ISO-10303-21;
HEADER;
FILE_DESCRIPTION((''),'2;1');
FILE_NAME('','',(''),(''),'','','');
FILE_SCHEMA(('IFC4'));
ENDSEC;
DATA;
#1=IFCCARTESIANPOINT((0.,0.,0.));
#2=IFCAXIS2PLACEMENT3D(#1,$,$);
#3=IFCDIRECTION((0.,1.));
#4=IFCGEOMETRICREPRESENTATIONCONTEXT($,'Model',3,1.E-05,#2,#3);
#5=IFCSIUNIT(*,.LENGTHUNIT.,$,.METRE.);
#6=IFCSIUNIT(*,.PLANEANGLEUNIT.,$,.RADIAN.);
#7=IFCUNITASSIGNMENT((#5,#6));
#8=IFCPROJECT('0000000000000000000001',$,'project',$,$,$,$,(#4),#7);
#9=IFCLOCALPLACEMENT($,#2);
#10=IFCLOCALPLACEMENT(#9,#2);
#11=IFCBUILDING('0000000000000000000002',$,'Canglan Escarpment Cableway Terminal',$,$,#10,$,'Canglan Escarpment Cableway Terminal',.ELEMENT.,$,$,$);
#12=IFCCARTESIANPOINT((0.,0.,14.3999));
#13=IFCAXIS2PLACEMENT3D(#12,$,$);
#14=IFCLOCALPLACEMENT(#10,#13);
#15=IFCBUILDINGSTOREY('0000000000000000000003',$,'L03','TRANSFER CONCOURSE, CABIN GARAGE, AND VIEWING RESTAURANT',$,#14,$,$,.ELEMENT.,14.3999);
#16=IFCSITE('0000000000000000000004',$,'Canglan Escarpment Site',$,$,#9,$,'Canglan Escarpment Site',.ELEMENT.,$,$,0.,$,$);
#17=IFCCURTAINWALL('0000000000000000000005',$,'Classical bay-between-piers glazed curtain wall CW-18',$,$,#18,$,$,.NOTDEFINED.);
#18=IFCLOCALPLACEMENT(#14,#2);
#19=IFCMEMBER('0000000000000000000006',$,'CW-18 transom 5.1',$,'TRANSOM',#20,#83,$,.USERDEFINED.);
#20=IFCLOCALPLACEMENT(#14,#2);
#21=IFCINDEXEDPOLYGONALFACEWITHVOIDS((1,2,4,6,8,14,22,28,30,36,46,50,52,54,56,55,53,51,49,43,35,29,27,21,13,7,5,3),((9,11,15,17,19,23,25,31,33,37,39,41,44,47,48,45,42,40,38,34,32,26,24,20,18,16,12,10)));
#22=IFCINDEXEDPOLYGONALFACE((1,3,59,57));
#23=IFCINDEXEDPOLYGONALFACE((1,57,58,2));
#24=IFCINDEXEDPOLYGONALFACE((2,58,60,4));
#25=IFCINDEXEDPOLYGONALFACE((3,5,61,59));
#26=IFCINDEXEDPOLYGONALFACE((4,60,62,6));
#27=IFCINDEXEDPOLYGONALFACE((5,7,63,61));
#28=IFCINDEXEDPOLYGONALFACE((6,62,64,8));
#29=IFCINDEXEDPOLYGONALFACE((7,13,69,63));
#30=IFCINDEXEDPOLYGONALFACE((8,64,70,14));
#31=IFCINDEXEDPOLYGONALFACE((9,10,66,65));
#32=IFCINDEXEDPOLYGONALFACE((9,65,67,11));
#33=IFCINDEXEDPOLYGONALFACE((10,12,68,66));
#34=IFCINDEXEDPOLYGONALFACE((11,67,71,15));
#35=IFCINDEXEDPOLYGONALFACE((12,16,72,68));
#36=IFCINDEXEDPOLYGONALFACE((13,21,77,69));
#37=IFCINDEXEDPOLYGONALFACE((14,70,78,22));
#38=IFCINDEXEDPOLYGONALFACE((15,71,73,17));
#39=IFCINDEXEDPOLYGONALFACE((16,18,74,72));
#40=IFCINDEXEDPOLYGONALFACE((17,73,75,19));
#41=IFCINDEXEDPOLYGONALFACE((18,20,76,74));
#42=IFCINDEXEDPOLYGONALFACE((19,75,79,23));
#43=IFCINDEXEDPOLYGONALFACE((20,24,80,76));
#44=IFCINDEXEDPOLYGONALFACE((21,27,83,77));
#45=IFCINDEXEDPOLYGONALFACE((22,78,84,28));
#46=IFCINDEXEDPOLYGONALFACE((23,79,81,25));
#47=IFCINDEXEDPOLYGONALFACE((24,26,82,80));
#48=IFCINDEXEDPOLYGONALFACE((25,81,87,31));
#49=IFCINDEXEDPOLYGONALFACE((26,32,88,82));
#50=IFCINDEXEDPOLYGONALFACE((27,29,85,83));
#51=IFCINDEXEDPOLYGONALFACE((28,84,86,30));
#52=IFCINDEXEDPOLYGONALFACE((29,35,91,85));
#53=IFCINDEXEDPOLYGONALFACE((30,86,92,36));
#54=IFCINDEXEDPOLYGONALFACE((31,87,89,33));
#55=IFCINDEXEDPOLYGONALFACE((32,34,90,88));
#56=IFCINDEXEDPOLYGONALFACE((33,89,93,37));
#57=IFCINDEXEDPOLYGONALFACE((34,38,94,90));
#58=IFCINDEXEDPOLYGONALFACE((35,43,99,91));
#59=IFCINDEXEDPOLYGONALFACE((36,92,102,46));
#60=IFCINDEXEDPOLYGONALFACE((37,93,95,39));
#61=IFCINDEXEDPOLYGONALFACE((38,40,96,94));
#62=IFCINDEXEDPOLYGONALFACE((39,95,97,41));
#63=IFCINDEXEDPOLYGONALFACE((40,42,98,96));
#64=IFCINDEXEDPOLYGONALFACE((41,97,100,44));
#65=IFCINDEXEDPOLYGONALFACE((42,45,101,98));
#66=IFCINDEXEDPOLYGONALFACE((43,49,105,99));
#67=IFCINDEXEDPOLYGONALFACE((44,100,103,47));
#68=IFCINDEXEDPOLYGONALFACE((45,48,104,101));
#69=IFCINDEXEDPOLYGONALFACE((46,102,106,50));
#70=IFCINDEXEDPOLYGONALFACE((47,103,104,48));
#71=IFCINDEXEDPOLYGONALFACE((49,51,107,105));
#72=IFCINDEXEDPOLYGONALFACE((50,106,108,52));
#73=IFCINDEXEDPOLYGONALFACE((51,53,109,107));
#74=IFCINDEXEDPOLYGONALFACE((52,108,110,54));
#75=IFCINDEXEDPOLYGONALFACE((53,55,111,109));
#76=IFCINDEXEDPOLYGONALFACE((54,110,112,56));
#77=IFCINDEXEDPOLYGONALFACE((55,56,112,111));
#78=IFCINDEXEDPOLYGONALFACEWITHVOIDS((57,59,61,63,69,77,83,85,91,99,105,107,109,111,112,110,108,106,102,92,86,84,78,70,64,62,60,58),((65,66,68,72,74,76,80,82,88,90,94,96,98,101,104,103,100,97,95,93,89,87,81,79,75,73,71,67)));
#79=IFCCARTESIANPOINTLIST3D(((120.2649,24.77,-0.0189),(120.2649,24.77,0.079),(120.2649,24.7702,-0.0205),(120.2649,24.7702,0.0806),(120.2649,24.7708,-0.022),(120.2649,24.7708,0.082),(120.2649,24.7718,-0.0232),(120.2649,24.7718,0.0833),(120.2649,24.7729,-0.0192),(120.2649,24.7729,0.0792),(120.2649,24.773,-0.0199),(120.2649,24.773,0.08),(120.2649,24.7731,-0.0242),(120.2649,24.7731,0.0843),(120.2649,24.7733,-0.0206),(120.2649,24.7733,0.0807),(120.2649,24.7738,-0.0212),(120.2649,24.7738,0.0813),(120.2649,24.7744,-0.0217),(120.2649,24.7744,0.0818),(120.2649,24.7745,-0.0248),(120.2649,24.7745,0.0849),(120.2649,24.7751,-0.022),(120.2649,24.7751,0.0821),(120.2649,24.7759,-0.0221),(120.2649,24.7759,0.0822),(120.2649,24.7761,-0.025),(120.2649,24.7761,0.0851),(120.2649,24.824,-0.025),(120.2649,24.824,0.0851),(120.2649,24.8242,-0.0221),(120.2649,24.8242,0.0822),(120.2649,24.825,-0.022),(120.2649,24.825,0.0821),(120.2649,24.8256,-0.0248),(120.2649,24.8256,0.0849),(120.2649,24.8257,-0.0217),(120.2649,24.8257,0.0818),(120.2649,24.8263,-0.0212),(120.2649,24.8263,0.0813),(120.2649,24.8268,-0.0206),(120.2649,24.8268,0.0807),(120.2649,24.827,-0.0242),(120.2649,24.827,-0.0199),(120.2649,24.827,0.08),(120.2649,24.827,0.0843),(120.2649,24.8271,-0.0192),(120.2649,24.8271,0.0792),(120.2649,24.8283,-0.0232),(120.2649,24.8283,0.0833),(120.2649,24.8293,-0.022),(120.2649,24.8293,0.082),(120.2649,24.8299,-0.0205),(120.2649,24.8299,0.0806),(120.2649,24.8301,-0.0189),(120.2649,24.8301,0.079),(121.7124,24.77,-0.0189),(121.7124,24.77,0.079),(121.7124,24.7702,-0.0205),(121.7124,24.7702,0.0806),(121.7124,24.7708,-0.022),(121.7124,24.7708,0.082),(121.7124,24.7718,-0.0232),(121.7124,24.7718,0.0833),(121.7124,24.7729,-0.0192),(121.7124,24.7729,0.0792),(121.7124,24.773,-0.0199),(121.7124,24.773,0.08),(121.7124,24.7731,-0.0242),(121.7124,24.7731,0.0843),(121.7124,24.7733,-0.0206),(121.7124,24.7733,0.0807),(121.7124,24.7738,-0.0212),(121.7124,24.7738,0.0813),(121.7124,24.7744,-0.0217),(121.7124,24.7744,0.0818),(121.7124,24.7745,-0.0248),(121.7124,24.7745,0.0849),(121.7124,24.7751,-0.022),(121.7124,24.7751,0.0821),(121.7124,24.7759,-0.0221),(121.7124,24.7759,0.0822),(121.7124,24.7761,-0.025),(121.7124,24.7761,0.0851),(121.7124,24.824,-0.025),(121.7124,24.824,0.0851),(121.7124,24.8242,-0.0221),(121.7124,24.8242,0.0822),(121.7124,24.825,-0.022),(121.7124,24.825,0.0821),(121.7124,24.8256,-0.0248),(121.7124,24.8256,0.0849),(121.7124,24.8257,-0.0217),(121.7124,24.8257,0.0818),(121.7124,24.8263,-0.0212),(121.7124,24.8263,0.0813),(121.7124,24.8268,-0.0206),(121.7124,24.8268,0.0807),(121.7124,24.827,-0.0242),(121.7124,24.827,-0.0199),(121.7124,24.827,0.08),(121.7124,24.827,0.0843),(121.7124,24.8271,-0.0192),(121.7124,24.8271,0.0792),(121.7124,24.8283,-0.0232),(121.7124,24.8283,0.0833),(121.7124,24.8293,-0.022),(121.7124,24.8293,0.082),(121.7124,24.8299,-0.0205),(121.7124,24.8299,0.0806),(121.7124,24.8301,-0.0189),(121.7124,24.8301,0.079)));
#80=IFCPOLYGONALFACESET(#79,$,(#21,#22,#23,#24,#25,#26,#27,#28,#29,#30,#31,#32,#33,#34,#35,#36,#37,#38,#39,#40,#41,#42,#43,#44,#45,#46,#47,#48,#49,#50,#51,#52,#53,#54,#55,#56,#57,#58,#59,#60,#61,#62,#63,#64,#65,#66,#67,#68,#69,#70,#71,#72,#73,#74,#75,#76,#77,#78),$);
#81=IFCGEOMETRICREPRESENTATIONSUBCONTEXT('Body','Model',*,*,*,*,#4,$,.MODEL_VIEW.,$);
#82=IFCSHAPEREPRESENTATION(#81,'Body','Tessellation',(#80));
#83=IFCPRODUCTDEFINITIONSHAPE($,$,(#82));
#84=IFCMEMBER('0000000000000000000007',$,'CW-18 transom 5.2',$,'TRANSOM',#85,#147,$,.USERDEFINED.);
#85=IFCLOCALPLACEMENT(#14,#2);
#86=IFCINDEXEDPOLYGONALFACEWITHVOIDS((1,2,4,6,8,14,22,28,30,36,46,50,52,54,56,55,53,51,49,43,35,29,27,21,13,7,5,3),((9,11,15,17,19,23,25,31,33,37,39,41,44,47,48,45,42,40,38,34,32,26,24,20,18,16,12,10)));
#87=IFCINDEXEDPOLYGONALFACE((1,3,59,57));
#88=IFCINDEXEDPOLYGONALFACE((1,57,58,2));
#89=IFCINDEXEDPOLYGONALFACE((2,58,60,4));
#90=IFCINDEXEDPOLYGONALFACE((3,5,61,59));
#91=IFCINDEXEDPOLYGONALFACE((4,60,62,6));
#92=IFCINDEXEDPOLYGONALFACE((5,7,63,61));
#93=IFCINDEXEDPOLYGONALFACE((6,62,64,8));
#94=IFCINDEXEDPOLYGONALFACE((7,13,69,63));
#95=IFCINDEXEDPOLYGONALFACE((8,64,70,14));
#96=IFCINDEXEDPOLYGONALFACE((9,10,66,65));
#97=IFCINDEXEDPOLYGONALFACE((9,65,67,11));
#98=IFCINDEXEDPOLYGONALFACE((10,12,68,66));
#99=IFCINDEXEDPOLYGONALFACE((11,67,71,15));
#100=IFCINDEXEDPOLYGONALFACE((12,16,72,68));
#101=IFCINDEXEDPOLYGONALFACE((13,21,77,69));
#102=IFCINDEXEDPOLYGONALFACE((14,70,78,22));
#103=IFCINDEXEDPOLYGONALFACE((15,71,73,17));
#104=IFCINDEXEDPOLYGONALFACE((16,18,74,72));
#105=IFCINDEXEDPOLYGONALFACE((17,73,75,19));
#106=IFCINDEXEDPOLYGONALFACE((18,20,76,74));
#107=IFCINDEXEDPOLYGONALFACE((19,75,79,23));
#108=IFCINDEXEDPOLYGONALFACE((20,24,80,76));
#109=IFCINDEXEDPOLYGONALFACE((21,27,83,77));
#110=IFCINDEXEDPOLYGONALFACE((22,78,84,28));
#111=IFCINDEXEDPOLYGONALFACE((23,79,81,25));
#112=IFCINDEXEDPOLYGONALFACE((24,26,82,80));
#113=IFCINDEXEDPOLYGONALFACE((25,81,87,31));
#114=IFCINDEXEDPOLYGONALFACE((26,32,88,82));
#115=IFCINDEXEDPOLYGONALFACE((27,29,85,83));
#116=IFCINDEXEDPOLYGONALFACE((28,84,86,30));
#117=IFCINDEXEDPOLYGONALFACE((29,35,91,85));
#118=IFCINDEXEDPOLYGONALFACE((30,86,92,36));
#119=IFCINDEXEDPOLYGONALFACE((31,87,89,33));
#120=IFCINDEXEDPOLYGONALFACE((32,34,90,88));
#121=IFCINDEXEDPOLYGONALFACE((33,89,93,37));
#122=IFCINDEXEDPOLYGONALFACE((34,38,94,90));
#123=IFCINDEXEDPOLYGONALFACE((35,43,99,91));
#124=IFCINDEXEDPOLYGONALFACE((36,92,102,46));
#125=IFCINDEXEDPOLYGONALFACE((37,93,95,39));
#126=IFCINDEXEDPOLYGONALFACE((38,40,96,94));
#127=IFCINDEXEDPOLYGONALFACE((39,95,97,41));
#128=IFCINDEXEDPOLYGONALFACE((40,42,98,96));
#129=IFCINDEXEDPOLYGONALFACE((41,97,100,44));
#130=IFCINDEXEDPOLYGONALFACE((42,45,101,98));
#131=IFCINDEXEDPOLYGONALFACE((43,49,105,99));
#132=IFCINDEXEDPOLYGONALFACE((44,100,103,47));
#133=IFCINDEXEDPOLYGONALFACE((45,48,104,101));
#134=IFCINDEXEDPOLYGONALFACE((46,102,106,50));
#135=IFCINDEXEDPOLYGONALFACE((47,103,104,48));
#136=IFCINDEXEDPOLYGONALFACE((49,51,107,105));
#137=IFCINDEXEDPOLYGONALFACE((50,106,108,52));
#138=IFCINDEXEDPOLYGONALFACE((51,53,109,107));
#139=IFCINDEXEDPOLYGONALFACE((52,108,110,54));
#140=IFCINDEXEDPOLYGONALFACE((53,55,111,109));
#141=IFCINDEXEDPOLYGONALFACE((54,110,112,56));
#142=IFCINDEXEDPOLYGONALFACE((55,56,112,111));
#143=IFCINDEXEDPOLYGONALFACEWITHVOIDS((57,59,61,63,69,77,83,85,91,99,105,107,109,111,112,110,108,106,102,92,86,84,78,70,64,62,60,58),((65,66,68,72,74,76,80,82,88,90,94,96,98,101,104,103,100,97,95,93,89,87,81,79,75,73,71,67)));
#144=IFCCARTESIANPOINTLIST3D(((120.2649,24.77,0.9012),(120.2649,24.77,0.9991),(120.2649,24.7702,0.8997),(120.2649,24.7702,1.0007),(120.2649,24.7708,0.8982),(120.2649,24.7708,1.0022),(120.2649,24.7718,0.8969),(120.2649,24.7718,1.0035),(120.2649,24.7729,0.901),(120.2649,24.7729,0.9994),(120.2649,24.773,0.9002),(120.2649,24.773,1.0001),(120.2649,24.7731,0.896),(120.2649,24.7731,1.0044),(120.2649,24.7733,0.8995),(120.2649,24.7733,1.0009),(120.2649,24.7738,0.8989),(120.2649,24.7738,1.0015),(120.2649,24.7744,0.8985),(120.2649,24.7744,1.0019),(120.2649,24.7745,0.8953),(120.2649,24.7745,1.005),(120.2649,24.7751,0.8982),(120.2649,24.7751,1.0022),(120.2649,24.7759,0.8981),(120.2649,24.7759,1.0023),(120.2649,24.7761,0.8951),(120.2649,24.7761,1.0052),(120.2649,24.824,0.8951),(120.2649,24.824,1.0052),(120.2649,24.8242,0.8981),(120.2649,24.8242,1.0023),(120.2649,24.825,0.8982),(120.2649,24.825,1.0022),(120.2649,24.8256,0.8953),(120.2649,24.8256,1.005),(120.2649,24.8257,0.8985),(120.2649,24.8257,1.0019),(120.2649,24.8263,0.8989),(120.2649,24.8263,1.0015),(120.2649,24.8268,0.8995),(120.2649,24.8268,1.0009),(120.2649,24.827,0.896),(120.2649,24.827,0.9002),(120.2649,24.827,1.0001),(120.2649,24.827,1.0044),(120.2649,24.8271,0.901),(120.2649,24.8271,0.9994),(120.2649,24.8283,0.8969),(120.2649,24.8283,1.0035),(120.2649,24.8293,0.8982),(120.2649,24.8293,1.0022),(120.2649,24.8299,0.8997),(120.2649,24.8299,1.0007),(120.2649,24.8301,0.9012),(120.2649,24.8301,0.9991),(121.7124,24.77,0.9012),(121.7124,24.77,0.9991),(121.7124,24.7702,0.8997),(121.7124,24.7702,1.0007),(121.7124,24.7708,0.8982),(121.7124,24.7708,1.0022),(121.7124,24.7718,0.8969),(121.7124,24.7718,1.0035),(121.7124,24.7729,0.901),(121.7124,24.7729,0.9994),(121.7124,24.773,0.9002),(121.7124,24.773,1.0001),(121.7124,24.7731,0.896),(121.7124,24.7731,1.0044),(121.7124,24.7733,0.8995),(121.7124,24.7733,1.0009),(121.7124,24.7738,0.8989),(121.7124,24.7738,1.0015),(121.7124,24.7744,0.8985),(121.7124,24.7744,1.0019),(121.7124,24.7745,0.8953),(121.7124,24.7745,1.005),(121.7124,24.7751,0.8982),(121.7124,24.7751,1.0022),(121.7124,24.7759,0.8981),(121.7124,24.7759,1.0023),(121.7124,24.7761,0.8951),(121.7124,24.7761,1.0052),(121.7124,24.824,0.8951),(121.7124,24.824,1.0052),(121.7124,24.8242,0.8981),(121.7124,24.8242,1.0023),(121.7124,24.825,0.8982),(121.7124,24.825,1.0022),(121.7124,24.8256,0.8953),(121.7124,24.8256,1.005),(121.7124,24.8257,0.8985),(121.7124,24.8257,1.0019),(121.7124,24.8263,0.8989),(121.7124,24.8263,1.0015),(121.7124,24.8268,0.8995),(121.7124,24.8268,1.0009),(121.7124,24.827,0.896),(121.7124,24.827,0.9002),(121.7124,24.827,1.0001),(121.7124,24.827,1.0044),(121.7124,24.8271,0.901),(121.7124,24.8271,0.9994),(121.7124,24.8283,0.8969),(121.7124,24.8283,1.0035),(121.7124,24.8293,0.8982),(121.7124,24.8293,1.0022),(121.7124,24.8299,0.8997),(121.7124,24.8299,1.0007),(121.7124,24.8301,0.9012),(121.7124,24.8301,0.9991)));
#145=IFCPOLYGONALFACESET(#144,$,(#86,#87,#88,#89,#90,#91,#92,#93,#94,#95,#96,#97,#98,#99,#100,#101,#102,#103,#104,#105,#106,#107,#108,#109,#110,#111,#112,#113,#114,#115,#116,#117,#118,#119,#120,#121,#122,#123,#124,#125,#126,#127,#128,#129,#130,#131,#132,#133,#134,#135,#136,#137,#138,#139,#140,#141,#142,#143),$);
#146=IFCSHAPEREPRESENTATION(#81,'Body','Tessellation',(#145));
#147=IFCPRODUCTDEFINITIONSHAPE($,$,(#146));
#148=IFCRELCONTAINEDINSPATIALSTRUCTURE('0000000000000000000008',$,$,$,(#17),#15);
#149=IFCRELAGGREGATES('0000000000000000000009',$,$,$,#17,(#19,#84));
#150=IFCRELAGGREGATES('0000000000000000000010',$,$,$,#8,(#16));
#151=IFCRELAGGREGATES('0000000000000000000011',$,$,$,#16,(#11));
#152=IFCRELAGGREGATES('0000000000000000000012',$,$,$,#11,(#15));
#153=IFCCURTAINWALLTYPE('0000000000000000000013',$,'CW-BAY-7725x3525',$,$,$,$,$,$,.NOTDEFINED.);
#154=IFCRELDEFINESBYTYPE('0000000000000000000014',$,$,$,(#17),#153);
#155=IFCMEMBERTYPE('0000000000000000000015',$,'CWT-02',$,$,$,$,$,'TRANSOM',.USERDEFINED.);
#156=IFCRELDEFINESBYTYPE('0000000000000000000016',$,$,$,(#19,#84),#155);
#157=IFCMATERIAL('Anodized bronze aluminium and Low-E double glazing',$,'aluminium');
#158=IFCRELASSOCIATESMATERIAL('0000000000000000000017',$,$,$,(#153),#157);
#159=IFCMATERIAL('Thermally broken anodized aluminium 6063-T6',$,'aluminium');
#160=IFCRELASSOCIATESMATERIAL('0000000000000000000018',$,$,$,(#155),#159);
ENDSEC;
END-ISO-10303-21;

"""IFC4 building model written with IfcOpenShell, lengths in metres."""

from ifc_helpers import new_model, si_unit, direction, frame, origin, origin_2d, place, context, subcontext, project, spatial, hollow_rectangle, extrude, material, material_profile, profile_set, type_object, element, aggregate, save


model = new_model("IFC4")

# Units and contexts
model_context = context("Model", 3, precision=1e-05, world=origin(), true_north=direction((0.0, 1.0)))
body_context = subcontext(model_context, "Body", "Model", "MODEL_VIEW")
ifc_project = project(units=[si_unit("LENGTHUNIT", "METRE"), si_unit("PLANEANGLEUNIT", "RADIAN")], contexts=[model_context])

# Site, building, storey
site_placement = place(None, origin())
site = spatial("IfcSite", under=ifc_project, at=site_placement, Name="Canglan Escarpment Site", LongName="Canglan Escarpment Site", CompositionType="ELEMENT", RefElevation=0.0)
building_placement = place(site_placement, origin())
building = spatial("IfcBuilding", under=site, at=building_placement, Name="Canglan Escarpment Cableway Terminal", LongName="Canglan Escarpment Cableway Terminal", CompositionType="ELEMENT")
storey_placement = place(building_placement, frame((0.0, 0.0, 14.3999)))
storey = spatial("IfcBuildingStorey", under=building, at=storey_placement, Name="L03", Description="TRANSFER CONCOURSE, CABIN GARAGE, AND VIEWING RESTAURANT", CompositionType="ELEMENT", Elevation=14.3999)

# Shared definitions
ifc_material_1 = material(Name="Anodized bronze aluminium and Low-E double glazing", Category="aluminium")
ifc_material_2 = material(Name="Thermally broken anodized aluminium 6063-T6", Category="aluminium")

# Curtain wall
curtain_wall_type_1 = type_object("IfcCurtainWallType", Name="CW-BAY-7725x3525", PredefinedType="NOTDEFINED", material=ifc_material_1)
curtain_wall_1_placement = place(storey_placement, origin())
curtain_wall_1 = element("IfcCurtainWall", 1, at=curtain_wall_1_placement, inside=storey, type_object=curtain_wall_type_1, Name="Classical bay-between-piers glazed curtain wall CW-18", PredefinedType="NOTDEFINED")

# Members
ifc_material_profile_1 = material_profile(ifc_material_2, hollow_rectangle(XDim=0.0601, YDim=0.1101, WallThickness=0.0029, InnerFilletRadius=0.0029, OuterFilletRadius=0.0061, at=origin_2d()), Name="ALU-TRAN 60x110x3")
ifc_profile_set_1 = profile_set([ifc_material_profile_1], Name="Thermally broken anodized aluminium 6063-T6")
member_type_1 = type_object("IfcMemberType", Name="CWT-02", ElementType="TRANSOM", PredefinedType="USERDEFINED", material=ifc_profile_set_1)
member_1_placement = place(storey_placement, frame((121.7124, 24.8, 0.03), z_axis=(-1.0, 0.0, 0.0), x_axis=(0.0, -1.0, 0.0)))
member_1 = element("IfcMember", 2, at=member_1_placement, type_object=member_type_1, Name="CW-18 transom 5.1", ObjectType="TRANSOM", PredefinedType="USERDEFINED", context=body_context, shape_type="SweptSolid", body=[
    extrude(hollow_rectangle(XDim=0.0601, YDim=0.1101, WallThickness=0.0029, InnerFilletRadius=0.0029, OuterFilletRadius=0.0061, at=origin_2d()), origin(), (0.0, 0.0, 1.0), 1.4475),
])
member_2_placement = place(storey_placement, frame((121.7124, 24.8, 0.9502), z_axis=(-1.0, 0.0, 0.0), x_axis=(0.0, -1.0, 0.0)))
member_2 = element("IfcMember", 3, at=member_2_placement, type_object=member_type_1, Name="CW-18 transom 5.2", ObjectType="TRANSOM", PredefinedType="USERDEFINED", context=body_context, shape_type="SweptSolid", body=[
    extrude(hollow_rectangle(XDim=0.0601, YDim=0.1101, WallThickness=0.0029, InnerFilletRadius=0.0029, OuterFilletRadius=0.0061, at=origin_2d()), origin(), (0.0, 0.0, 1.0), 1.4475),
])

aggregate(curtain_wall_1, [member_1, member_2])

save(model, "model.ifc")
